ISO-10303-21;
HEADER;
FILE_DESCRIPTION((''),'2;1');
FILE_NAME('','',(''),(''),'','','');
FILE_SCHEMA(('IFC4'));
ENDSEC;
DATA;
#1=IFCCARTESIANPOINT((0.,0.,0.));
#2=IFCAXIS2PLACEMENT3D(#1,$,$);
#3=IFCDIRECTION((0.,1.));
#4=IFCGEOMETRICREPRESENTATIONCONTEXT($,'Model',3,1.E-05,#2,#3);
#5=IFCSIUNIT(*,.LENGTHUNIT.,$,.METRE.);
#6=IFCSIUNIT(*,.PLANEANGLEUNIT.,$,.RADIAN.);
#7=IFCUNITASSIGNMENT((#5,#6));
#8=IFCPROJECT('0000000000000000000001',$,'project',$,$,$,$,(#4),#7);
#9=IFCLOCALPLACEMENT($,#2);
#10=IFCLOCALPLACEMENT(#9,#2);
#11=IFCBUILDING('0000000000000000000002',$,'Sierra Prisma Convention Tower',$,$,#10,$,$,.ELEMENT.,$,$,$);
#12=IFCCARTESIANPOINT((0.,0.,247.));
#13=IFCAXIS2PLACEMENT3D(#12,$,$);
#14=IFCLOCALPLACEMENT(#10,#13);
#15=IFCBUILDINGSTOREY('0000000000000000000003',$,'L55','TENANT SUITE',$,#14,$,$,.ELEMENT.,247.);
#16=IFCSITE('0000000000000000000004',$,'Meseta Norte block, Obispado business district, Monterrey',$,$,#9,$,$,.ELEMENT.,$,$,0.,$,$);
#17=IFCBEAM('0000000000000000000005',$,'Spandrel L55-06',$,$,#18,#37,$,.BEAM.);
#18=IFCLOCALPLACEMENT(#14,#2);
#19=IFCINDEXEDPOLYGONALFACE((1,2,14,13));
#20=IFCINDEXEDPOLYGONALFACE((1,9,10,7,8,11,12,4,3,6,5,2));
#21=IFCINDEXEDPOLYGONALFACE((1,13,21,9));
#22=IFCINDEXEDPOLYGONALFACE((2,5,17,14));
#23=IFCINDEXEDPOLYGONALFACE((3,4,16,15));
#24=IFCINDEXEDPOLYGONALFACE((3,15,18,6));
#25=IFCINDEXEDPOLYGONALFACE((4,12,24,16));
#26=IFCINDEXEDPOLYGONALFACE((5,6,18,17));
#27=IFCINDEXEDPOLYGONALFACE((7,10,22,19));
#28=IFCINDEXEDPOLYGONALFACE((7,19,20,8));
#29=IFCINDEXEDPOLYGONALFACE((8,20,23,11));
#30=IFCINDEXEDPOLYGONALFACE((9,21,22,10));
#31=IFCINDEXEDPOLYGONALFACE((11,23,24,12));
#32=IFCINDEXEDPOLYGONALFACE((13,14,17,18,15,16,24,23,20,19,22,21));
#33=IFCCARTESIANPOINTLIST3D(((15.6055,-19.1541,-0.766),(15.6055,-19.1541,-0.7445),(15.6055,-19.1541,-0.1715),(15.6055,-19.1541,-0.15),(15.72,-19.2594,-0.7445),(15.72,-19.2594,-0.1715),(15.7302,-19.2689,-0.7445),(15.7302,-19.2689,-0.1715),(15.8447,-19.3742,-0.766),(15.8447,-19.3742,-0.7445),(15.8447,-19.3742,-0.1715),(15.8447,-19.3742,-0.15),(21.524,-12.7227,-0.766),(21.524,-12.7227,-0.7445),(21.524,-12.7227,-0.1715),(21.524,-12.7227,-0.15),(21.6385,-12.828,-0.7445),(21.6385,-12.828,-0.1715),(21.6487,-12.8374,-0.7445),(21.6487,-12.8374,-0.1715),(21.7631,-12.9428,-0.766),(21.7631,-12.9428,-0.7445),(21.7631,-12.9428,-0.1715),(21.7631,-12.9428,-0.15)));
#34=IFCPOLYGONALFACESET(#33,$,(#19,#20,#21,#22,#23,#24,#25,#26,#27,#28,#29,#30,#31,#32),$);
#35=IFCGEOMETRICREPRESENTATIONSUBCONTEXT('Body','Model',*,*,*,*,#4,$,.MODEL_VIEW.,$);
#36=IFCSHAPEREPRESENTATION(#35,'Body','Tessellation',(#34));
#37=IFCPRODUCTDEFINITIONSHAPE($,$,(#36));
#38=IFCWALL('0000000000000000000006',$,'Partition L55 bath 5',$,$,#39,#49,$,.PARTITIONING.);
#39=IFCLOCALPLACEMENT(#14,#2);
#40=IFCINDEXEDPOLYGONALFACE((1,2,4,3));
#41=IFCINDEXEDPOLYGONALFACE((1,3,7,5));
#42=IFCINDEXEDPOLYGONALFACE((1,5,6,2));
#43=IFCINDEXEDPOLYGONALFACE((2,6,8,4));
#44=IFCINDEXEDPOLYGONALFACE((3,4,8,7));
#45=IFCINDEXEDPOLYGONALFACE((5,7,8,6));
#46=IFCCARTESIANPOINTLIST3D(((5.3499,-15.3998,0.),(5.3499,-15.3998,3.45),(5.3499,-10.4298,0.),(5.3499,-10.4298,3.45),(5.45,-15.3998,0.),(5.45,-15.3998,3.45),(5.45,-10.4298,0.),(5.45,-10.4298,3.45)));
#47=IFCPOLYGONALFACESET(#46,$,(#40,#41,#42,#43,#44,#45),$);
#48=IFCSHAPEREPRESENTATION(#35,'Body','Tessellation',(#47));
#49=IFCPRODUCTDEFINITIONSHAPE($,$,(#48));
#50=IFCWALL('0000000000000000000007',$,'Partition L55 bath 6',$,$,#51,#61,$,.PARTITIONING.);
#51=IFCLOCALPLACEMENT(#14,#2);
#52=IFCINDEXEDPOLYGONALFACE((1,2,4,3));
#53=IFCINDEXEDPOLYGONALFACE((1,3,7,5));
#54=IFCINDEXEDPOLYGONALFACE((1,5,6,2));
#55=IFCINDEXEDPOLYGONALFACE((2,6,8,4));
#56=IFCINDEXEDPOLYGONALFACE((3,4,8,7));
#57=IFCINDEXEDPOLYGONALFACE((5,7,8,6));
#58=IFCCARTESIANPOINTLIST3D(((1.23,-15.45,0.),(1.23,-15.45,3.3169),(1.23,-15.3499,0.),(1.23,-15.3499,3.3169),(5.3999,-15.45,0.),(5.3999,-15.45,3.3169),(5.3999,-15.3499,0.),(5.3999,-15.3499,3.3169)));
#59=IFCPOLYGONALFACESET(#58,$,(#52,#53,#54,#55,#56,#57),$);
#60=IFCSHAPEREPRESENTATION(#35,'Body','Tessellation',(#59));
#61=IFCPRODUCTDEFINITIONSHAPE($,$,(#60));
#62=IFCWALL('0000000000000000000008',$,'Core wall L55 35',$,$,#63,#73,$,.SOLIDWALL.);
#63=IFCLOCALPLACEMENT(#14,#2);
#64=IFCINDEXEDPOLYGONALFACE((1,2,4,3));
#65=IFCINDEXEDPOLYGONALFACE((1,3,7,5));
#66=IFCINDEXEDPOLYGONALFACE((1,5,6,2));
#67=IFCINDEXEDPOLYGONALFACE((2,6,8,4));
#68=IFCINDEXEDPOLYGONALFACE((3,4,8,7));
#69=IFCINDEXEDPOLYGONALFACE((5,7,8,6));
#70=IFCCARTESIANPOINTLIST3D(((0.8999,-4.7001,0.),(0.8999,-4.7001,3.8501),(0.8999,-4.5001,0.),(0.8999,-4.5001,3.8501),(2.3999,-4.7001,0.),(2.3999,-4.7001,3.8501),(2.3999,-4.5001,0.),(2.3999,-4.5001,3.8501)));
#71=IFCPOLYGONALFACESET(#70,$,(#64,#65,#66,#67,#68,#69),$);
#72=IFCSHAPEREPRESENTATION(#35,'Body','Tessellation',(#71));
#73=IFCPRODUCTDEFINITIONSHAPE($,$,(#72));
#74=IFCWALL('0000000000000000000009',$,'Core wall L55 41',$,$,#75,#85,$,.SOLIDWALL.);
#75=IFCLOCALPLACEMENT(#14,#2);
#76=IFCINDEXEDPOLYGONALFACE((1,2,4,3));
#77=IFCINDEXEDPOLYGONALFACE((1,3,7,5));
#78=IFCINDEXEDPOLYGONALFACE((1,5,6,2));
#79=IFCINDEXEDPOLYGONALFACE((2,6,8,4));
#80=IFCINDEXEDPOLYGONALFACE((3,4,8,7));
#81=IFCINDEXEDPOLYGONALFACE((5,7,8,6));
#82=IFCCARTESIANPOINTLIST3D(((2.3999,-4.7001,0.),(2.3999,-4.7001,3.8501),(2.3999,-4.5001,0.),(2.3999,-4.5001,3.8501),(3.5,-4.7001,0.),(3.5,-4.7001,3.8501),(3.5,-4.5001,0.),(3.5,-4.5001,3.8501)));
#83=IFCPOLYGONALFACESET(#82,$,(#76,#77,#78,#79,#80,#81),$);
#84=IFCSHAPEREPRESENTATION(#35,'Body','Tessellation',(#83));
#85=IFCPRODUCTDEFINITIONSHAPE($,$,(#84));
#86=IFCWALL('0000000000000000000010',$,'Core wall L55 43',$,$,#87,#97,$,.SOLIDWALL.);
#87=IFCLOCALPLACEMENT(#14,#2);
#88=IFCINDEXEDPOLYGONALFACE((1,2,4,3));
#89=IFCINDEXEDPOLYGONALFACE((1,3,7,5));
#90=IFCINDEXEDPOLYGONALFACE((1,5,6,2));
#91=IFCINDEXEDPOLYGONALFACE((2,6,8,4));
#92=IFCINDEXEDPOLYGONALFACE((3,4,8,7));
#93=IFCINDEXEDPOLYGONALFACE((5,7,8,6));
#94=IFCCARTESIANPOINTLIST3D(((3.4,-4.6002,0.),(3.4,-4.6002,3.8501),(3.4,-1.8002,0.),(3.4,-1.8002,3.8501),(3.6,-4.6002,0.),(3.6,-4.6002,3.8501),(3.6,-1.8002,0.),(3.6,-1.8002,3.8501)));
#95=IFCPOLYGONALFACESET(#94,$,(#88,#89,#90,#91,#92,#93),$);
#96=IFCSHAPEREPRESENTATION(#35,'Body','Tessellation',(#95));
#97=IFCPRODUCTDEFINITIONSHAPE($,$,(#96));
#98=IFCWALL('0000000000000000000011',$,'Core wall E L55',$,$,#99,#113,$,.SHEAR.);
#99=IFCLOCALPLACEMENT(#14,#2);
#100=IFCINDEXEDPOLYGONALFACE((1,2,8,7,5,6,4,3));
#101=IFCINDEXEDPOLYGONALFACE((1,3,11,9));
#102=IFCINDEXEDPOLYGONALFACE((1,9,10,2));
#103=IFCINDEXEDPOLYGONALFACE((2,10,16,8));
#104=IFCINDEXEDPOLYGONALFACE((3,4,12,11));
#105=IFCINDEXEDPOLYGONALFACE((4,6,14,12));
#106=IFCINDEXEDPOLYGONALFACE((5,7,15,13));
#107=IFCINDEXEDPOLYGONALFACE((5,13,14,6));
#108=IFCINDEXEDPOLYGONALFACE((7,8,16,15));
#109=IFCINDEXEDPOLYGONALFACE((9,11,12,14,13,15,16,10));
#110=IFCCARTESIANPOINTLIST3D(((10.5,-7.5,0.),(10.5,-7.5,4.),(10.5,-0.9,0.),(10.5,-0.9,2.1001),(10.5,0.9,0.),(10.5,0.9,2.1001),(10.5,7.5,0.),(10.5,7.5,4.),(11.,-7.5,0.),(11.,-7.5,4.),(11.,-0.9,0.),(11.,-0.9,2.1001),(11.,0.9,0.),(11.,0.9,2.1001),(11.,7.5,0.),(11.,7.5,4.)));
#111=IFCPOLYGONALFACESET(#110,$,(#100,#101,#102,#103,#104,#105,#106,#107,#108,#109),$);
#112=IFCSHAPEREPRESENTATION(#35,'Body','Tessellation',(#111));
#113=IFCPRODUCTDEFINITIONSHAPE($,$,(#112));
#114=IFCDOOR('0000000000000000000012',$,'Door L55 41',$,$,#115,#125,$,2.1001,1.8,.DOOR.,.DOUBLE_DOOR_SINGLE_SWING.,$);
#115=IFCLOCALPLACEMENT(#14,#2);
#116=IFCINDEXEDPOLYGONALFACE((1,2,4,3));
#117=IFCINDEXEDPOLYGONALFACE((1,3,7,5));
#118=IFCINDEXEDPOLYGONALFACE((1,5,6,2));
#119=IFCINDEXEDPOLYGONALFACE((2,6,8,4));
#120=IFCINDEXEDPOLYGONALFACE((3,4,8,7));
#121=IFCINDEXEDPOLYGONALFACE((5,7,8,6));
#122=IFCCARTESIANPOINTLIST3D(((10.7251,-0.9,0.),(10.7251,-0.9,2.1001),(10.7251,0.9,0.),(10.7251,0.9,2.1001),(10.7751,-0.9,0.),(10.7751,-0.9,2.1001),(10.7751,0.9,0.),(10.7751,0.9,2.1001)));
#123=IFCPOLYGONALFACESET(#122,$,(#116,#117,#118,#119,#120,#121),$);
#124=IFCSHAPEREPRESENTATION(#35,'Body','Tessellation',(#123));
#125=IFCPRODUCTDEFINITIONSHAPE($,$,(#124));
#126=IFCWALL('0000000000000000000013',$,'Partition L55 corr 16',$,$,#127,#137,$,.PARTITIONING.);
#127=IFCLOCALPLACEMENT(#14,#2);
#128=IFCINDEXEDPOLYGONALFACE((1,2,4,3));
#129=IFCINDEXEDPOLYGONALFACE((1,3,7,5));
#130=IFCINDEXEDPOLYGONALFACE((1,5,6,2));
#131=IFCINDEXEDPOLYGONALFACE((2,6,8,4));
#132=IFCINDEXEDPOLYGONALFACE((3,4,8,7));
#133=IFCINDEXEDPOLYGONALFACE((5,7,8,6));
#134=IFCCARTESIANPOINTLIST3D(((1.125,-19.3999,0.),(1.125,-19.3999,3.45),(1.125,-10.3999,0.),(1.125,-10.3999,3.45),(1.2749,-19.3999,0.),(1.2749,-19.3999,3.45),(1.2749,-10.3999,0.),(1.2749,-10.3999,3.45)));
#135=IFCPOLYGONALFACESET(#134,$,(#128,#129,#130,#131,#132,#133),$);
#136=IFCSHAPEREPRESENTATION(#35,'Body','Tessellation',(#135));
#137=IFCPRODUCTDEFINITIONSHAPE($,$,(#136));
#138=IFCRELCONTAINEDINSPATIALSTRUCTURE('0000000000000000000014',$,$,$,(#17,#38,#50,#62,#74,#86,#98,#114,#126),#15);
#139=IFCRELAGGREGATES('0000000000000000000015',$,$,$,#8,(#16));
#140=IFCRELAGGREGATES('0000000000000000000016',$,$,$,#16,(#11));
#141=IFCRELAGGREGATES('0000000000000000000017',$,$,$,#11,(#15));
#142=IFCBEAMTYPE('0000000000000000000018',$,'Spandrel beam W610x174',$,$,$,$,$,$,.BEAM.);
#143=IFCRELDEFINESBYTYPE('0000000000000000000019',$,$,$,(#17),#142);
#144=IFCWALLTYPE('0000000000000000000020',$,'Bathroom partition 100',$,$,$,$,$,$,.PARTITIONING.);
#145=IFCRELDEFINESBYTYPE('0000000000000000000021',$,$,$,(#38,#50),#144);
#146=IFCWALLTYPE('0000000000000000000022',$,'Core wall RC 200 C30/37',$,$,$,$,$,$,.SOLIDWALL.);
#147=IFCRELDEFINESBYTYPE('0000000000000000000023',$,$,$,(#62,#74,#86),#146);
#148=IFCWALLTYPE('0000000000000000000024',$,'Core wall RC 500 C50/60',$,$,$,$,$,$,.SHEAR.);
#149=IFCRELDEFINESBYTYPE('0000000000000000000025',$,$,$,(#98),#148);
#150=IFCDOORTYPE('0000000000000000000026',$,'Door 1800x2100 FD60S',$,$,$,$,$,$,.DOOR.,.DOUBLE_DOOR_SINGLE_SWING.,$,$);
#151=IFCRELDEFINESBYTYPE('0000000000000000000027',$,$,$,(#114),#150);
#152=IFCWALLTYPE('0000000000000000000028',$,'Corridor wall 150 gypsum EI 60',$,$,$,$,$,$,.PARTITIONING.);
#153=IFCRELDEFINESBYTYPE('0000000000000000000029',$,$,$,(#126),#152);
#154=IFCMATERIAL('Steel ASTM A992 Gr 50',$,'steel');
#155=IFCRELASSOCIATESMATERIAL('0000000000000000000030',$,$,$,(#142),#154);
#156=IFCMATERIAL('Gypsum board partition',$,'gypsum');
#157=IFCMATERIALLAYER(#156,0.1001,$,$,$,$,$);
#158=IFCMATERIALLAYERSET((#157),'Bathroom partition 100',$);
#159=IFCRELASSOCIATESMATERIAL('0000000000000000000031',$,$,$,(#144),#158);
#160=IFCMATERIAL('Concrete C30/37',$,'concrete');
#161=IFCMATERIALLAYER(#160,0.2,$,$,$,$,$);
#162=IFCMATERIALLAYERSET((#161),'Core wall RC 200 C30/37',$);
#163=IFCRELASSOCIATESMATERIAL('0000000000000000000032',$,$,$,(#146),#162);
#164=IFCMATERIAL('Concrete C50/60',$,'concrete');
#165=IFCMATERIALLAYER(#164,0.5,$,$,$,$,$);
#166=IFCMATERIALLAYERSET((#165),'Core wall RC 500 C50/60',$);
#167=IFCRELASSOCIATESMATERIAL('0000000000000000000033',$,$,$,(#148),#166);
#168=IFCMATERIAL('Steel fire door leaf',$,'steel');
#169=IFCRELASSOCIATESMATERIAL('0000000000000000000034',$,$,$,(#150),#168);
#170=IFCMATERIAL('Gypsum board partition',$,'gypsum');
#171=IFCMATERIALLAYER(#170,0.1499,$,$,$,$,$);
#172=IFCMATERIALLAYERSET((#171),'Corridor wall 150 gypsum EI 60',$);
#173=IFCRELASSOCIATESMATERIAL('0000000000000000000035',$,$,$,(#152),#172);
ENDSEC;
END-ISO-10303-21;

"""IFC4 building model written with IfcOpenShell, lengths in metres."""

from ifc_helpers import new_model, si_unit, direction, frame, frame_2d, origin, origin_2d, place, context, subcontext, project, spatial, rectangle, i_section, extrude, material, layer, layer_set, material_profile, profile_set, type_object, element, fill, save


model = new_model("IFC4")

# Units and contexts
model_context = context("Model", 3, precision=1e-05, world=origin(), true_north=direction((0.0, 1.0)))
body_context = subcontext(model_context, "Body", "Model", "MODEL_VIEW")
ifc_project = project(units=[si_unit("LENGTHUNIT", "METRE"), si_unit("PLANEANGLEUNIT", "RADIAN")], contexts=[model_context])

# Site, building, storey
site_placement = place(None, origin())
site = spatial("IfcSite", under=ifc_project, at=site_placement, Name="Meseta Norte block, Obispado business district, Monterrey", CompositionType="ELEMENT", RefElevation=0.0)
building_placement = place(site_placement, origin())
building = spatial("IfcBuilding", under=site, at=building_placement, Name="Sierra Prisma Convention Tower", CompositionType="ELEMENT")
storey_placement = place(building_placement, frame((0.0, 0.0, 247.0)))
storey = spatial("IfcBuildingStorey", under=building, at=storey_placement, Name="L55", Description="TENANT SUITE", CompositionType="ELEMENT", Elevation=247.0)

# Beam
ifc_material_1 = material(Name="Steel ASTM A992 Gr 50", Category="steel")
ifc_material_profile = material_profile(ifc_material_1, i_section(OverallWidth=0.325, OverallDepth=0.616, WebThickness=0.0139, FlangeThickness=0.0215, at=origin_2d()), Name="W610x174")
ifc_profile_set = profile_set([ifc_material_profile], Name="Steel ASTM A992 Gr 50")
beam_type = type_object("IfcBeamType", Name="Spandrel beam W610x174", PredefinedType="BEAM", material=ifc_profile_set)
beam_placement = place(storey_placement, frame((15.7251, -19.2642, -0.458), z_axis=(0.677154, 0.735841, 0.0), x_axis=(-0.735841, 0.677154, 0.0)))
element("IfcBeam", 1, at=beam_placement, inside=storey, type_object=beam_type, Name="Spandrel L55-06", PredefinedType="BEAM", context=body_context, shape_type="SweptSolid", body=[
    extrude(i_section(OverallWidth=0.325, OverallDepth=0.616, WebThickness=0.0139, FlangeThickness=0.0215, at=origin_2d()), origin(), (0.0, 0.0, 1.0), 8.7402),
])

# Walls
ifc_material_2 = material(Name="Gypsum board partition", Category="gypsum")
ifc_layer_1 = layer(ifc_material_2, 0.1001)
ifc_layer_set_1 = layer_set([ifc_layer_1], Name="Bathroom partition 100")
wall_type_1 = type_object("IfcWallType", Name="Bathroom partition 100", PredefinedType="PARTITIONING", material=ifc_layer_set_1)
wall_1_placement = place(storey_placement, frame((5.3999, -10.4299, 0.0), z_axis=(0.0, 0.0, 1.0), x_axis=(0.0, -1.0, 0.0)))
element("IfcWall", 2, at=wall_1_placement, inside=storey, type_object=wall_type_1, Name="Partition L55 bath 5", PredefinedType="PARTITIONING", context=body_context, shape_type="SweptSolid", body=[
    extrude(rectangle(XDim=4.97, YDim=0.1001, at=frame_2d((2.4849, 0.0))), origin(), (0.0, 0.0, 1.0), 3.45),
])
wall_2_placement = place(storey_placement, frame((5.3999, -15.3999, 0.0), z_axis=(0.0, 0.0, 1.0), x_axis=(-1.0, 0.0, 0.0)))
element("IfcWall", 3, at=wall_2_placement, inside=storey, type_object=wall_type_1, Name="Partition L55 bath 6", PredefinedType="PARTITIONING", context=body_context, shape_type="SweptSolid", body=[
    extrude(rectangle(XDim=4.1699, YDim=0.1001, at=frame_2d((2.085, 0.0))), origin(), (0.0, 0.0, 1.0), 3.3169),
])
ifc_material_3 = material(Name="Concrete C30/37", Category="concrete")
ifc_layer_2 = layer(ifc_material_3, 0.2)
ifc_layer_set_2 = layer_set([ifc_layer_2], Name="Core wall RC 200 C30/37")
wall_type_2 = type_object("IfcWallType", Name="Core wall RC 200 C30/37", PredefinedType="SOLIDWALL", material=ifc_layer_set_2)
wall_3_placement = place(storey_placement, frame((0.8999, -4.6001, 0.0), z_axis=(0.0, 0.0, 1.0), x_axis=(1.0, 0.0, 0.0)))
element("IfcWall", 4, at=wall_3_placement, inside=storey, type_object=wall_type_2, Name="Core wall L55 35", PredefinedType="SOLIDWALL", context=body_context, shape_type="SweptSolid", body=[
    extrude(rectangle(XDim=1.5, YDim=0.2, at=frame_2d((0.75, 0.0))), origin(), (0.0, 0.0, 1.0), 3.8501),
])

# Walls
wall_4_placement = place(storey_placement, frame((3.5, -4.6001, 0.0), z_axis=(0.0, 0.0, 1.0), x_axis=(-1.0, 0.0, 0.0)))
element("IfcWall", 5, at=wall_4_placement, inside=storey, type_object=wall_type_2, Name="Core wall L55 41", PredefinedType="SOLIDWALL", context=body_context, shape_type="SweptSolid", body=[
    extrude(rectangle(XDim=1.1001, YDim=0.2, at=frame_2d((0.55, 0.0))), origin(), (0.0, 0.0, 1.0), 3.8501),
])
wall_5_placement = place(storey_placement, frame((3.5, -4.6001, 0.0), z_axis=(0.0, 0.0, 1.0), x_axis=(0.0, 1.0, 0.0)))
element("IfcWall", 6, at=wall_5_placement, inside=storey, type_object=wall_type_2, Name="Core wall L55 43", PredefinedType="SOLIDWALL", context=body_context, shape_type="SweptSolid", body=[
    extrude(rectangle(XDim=2.8, YDim=0.2, at=frame_2d((1.3999, 0.0))), origin(), (0.0, 0.0, 1.0), 3.8501),
])

# Wall, opening, door
ifc_material_4 = material(Name="Concrete C50/60", Category="concrete")
ifc_layer_3 = layer(ifc_material_4, 0.5)
ifc_layer_set_3 = layer_set([ifc_layer_3], Name="Core wall RC 500 C50/60")
wall_type_3 = type_object("IfcWallType", Name="Core wall RC 500 C50/60", PredefinedType="SHEAR", material=ifc_layer_set_3)
wall_6_placement = place(storey_placement, frame((10.75, -7.5, 0.0), z_axis=(0.0, 0.0, 1.0), x_axis=(0.0, 1.0, 0.0)))
wall_6 = element("IfcWall", 7, at=wall_6_placement, inside=storey, type_object=wall_type_3, Name="Core wall E L55", PredefinedType="SHEAR", context=body_context, shape_type="SweptSolid", body=[
    extrude(rectangle(XDim=15.0, YDim=0.5, at=frame_2d((7.5, 0.0))), origin(), (0.0, 0.0, 1.0), 4.0),
])
opening_1_placement = place(wall_6_placement, frame((6.6001, 0.0, 0.0)))
opening_1 = element("IfcOpeningElement", 8, at=opening_1_placement, cuts=wall_6, PredefinedType="OPENING", context=body_context, shape_type="SweptSolid", body=[
    extrude(rectangle(XDim=1.8, YDim=2.1001, at=frame_2d((0.8999, 1.05))), frame((0.0, 0.25, 0.0), z_axis=(0.0, -1.0, 0.0), x_axis=(1.0, 0.0, 0.0)), (0.0, 0.0, 1.0), 0.5),
])
ifc_material_5 = material(Name="Steel fire door leaf", Category="steel")
door_type_1 = type_object("IfcDoorType", Name="Door 1800x2100 FD60S", OperationType="DOUBLE_DOOR_SINGLE_SWING", PredefinedType="DOOR", material=ifc_material_5)
door_1_placement = place(opening_1_placement, origin())
door_1 = element("IfcDoor", 9, at=door_1_placement, inside=storey, type_object=door_type_1, Name="Door L55 41", OperationType="DOUBLE_DOOR_SINGLE_SWING", OverallHeight=2.1001, OverallWidth=1.8, PredefinedType="DOOR", context=body_context, shape_type="SweptSolid", body=[
    extrude(rectangle(XDim=1.8, YDim=2.1001, at=frame_2d((0.8999, 1.05))), frame((0.0, 0.0249, 0.0), z_axis=(0.0, -1.0, 0.0), x_axis=(1.0, 0.0, 0.0)), (0.0, 0.0, 1.0), 0.05),
])
fill(opening_1, door_1)

# Wall
ifc_material_6 = material(Name="Gypsum board partition", Category="gypsum")
ifc_layer_4 = layer(ifc_material_6, 0.1499)
ifc_layer_set_4 = layer_set([ifc_layer_4], Name="Corridor wall 150 gypsum EI 60")
wall_type_4 = type_object("IfcWallType", Name="Corridor wall 150 gypsum EI 60", PredefinedType="PARTITIONING", material=ifc_layer_set_4)
wall_7_placement = place(storey_placement, frame((1.2, -19.3999, 0.0), z_axis=(0.0, 0.0, 1.0), x_axis=(0.0, 1.0, 0.0)))
element("IfcWall", 10, at=wall_7_placement, inside=storey, type_object=wall_type_4, Name="Partition L55 corr 16", PredefinedType="PARTITIONING", context=body_context, shape_type="SweptSolid", body=[
    extrude(rectangle(XDim=9.0, YDim=0.1499, at=frame_2d((4.5, 0.0))), origin(), (0.0, 0.0, 1.0), 3.45),
])

save(model, "model.ifc")
